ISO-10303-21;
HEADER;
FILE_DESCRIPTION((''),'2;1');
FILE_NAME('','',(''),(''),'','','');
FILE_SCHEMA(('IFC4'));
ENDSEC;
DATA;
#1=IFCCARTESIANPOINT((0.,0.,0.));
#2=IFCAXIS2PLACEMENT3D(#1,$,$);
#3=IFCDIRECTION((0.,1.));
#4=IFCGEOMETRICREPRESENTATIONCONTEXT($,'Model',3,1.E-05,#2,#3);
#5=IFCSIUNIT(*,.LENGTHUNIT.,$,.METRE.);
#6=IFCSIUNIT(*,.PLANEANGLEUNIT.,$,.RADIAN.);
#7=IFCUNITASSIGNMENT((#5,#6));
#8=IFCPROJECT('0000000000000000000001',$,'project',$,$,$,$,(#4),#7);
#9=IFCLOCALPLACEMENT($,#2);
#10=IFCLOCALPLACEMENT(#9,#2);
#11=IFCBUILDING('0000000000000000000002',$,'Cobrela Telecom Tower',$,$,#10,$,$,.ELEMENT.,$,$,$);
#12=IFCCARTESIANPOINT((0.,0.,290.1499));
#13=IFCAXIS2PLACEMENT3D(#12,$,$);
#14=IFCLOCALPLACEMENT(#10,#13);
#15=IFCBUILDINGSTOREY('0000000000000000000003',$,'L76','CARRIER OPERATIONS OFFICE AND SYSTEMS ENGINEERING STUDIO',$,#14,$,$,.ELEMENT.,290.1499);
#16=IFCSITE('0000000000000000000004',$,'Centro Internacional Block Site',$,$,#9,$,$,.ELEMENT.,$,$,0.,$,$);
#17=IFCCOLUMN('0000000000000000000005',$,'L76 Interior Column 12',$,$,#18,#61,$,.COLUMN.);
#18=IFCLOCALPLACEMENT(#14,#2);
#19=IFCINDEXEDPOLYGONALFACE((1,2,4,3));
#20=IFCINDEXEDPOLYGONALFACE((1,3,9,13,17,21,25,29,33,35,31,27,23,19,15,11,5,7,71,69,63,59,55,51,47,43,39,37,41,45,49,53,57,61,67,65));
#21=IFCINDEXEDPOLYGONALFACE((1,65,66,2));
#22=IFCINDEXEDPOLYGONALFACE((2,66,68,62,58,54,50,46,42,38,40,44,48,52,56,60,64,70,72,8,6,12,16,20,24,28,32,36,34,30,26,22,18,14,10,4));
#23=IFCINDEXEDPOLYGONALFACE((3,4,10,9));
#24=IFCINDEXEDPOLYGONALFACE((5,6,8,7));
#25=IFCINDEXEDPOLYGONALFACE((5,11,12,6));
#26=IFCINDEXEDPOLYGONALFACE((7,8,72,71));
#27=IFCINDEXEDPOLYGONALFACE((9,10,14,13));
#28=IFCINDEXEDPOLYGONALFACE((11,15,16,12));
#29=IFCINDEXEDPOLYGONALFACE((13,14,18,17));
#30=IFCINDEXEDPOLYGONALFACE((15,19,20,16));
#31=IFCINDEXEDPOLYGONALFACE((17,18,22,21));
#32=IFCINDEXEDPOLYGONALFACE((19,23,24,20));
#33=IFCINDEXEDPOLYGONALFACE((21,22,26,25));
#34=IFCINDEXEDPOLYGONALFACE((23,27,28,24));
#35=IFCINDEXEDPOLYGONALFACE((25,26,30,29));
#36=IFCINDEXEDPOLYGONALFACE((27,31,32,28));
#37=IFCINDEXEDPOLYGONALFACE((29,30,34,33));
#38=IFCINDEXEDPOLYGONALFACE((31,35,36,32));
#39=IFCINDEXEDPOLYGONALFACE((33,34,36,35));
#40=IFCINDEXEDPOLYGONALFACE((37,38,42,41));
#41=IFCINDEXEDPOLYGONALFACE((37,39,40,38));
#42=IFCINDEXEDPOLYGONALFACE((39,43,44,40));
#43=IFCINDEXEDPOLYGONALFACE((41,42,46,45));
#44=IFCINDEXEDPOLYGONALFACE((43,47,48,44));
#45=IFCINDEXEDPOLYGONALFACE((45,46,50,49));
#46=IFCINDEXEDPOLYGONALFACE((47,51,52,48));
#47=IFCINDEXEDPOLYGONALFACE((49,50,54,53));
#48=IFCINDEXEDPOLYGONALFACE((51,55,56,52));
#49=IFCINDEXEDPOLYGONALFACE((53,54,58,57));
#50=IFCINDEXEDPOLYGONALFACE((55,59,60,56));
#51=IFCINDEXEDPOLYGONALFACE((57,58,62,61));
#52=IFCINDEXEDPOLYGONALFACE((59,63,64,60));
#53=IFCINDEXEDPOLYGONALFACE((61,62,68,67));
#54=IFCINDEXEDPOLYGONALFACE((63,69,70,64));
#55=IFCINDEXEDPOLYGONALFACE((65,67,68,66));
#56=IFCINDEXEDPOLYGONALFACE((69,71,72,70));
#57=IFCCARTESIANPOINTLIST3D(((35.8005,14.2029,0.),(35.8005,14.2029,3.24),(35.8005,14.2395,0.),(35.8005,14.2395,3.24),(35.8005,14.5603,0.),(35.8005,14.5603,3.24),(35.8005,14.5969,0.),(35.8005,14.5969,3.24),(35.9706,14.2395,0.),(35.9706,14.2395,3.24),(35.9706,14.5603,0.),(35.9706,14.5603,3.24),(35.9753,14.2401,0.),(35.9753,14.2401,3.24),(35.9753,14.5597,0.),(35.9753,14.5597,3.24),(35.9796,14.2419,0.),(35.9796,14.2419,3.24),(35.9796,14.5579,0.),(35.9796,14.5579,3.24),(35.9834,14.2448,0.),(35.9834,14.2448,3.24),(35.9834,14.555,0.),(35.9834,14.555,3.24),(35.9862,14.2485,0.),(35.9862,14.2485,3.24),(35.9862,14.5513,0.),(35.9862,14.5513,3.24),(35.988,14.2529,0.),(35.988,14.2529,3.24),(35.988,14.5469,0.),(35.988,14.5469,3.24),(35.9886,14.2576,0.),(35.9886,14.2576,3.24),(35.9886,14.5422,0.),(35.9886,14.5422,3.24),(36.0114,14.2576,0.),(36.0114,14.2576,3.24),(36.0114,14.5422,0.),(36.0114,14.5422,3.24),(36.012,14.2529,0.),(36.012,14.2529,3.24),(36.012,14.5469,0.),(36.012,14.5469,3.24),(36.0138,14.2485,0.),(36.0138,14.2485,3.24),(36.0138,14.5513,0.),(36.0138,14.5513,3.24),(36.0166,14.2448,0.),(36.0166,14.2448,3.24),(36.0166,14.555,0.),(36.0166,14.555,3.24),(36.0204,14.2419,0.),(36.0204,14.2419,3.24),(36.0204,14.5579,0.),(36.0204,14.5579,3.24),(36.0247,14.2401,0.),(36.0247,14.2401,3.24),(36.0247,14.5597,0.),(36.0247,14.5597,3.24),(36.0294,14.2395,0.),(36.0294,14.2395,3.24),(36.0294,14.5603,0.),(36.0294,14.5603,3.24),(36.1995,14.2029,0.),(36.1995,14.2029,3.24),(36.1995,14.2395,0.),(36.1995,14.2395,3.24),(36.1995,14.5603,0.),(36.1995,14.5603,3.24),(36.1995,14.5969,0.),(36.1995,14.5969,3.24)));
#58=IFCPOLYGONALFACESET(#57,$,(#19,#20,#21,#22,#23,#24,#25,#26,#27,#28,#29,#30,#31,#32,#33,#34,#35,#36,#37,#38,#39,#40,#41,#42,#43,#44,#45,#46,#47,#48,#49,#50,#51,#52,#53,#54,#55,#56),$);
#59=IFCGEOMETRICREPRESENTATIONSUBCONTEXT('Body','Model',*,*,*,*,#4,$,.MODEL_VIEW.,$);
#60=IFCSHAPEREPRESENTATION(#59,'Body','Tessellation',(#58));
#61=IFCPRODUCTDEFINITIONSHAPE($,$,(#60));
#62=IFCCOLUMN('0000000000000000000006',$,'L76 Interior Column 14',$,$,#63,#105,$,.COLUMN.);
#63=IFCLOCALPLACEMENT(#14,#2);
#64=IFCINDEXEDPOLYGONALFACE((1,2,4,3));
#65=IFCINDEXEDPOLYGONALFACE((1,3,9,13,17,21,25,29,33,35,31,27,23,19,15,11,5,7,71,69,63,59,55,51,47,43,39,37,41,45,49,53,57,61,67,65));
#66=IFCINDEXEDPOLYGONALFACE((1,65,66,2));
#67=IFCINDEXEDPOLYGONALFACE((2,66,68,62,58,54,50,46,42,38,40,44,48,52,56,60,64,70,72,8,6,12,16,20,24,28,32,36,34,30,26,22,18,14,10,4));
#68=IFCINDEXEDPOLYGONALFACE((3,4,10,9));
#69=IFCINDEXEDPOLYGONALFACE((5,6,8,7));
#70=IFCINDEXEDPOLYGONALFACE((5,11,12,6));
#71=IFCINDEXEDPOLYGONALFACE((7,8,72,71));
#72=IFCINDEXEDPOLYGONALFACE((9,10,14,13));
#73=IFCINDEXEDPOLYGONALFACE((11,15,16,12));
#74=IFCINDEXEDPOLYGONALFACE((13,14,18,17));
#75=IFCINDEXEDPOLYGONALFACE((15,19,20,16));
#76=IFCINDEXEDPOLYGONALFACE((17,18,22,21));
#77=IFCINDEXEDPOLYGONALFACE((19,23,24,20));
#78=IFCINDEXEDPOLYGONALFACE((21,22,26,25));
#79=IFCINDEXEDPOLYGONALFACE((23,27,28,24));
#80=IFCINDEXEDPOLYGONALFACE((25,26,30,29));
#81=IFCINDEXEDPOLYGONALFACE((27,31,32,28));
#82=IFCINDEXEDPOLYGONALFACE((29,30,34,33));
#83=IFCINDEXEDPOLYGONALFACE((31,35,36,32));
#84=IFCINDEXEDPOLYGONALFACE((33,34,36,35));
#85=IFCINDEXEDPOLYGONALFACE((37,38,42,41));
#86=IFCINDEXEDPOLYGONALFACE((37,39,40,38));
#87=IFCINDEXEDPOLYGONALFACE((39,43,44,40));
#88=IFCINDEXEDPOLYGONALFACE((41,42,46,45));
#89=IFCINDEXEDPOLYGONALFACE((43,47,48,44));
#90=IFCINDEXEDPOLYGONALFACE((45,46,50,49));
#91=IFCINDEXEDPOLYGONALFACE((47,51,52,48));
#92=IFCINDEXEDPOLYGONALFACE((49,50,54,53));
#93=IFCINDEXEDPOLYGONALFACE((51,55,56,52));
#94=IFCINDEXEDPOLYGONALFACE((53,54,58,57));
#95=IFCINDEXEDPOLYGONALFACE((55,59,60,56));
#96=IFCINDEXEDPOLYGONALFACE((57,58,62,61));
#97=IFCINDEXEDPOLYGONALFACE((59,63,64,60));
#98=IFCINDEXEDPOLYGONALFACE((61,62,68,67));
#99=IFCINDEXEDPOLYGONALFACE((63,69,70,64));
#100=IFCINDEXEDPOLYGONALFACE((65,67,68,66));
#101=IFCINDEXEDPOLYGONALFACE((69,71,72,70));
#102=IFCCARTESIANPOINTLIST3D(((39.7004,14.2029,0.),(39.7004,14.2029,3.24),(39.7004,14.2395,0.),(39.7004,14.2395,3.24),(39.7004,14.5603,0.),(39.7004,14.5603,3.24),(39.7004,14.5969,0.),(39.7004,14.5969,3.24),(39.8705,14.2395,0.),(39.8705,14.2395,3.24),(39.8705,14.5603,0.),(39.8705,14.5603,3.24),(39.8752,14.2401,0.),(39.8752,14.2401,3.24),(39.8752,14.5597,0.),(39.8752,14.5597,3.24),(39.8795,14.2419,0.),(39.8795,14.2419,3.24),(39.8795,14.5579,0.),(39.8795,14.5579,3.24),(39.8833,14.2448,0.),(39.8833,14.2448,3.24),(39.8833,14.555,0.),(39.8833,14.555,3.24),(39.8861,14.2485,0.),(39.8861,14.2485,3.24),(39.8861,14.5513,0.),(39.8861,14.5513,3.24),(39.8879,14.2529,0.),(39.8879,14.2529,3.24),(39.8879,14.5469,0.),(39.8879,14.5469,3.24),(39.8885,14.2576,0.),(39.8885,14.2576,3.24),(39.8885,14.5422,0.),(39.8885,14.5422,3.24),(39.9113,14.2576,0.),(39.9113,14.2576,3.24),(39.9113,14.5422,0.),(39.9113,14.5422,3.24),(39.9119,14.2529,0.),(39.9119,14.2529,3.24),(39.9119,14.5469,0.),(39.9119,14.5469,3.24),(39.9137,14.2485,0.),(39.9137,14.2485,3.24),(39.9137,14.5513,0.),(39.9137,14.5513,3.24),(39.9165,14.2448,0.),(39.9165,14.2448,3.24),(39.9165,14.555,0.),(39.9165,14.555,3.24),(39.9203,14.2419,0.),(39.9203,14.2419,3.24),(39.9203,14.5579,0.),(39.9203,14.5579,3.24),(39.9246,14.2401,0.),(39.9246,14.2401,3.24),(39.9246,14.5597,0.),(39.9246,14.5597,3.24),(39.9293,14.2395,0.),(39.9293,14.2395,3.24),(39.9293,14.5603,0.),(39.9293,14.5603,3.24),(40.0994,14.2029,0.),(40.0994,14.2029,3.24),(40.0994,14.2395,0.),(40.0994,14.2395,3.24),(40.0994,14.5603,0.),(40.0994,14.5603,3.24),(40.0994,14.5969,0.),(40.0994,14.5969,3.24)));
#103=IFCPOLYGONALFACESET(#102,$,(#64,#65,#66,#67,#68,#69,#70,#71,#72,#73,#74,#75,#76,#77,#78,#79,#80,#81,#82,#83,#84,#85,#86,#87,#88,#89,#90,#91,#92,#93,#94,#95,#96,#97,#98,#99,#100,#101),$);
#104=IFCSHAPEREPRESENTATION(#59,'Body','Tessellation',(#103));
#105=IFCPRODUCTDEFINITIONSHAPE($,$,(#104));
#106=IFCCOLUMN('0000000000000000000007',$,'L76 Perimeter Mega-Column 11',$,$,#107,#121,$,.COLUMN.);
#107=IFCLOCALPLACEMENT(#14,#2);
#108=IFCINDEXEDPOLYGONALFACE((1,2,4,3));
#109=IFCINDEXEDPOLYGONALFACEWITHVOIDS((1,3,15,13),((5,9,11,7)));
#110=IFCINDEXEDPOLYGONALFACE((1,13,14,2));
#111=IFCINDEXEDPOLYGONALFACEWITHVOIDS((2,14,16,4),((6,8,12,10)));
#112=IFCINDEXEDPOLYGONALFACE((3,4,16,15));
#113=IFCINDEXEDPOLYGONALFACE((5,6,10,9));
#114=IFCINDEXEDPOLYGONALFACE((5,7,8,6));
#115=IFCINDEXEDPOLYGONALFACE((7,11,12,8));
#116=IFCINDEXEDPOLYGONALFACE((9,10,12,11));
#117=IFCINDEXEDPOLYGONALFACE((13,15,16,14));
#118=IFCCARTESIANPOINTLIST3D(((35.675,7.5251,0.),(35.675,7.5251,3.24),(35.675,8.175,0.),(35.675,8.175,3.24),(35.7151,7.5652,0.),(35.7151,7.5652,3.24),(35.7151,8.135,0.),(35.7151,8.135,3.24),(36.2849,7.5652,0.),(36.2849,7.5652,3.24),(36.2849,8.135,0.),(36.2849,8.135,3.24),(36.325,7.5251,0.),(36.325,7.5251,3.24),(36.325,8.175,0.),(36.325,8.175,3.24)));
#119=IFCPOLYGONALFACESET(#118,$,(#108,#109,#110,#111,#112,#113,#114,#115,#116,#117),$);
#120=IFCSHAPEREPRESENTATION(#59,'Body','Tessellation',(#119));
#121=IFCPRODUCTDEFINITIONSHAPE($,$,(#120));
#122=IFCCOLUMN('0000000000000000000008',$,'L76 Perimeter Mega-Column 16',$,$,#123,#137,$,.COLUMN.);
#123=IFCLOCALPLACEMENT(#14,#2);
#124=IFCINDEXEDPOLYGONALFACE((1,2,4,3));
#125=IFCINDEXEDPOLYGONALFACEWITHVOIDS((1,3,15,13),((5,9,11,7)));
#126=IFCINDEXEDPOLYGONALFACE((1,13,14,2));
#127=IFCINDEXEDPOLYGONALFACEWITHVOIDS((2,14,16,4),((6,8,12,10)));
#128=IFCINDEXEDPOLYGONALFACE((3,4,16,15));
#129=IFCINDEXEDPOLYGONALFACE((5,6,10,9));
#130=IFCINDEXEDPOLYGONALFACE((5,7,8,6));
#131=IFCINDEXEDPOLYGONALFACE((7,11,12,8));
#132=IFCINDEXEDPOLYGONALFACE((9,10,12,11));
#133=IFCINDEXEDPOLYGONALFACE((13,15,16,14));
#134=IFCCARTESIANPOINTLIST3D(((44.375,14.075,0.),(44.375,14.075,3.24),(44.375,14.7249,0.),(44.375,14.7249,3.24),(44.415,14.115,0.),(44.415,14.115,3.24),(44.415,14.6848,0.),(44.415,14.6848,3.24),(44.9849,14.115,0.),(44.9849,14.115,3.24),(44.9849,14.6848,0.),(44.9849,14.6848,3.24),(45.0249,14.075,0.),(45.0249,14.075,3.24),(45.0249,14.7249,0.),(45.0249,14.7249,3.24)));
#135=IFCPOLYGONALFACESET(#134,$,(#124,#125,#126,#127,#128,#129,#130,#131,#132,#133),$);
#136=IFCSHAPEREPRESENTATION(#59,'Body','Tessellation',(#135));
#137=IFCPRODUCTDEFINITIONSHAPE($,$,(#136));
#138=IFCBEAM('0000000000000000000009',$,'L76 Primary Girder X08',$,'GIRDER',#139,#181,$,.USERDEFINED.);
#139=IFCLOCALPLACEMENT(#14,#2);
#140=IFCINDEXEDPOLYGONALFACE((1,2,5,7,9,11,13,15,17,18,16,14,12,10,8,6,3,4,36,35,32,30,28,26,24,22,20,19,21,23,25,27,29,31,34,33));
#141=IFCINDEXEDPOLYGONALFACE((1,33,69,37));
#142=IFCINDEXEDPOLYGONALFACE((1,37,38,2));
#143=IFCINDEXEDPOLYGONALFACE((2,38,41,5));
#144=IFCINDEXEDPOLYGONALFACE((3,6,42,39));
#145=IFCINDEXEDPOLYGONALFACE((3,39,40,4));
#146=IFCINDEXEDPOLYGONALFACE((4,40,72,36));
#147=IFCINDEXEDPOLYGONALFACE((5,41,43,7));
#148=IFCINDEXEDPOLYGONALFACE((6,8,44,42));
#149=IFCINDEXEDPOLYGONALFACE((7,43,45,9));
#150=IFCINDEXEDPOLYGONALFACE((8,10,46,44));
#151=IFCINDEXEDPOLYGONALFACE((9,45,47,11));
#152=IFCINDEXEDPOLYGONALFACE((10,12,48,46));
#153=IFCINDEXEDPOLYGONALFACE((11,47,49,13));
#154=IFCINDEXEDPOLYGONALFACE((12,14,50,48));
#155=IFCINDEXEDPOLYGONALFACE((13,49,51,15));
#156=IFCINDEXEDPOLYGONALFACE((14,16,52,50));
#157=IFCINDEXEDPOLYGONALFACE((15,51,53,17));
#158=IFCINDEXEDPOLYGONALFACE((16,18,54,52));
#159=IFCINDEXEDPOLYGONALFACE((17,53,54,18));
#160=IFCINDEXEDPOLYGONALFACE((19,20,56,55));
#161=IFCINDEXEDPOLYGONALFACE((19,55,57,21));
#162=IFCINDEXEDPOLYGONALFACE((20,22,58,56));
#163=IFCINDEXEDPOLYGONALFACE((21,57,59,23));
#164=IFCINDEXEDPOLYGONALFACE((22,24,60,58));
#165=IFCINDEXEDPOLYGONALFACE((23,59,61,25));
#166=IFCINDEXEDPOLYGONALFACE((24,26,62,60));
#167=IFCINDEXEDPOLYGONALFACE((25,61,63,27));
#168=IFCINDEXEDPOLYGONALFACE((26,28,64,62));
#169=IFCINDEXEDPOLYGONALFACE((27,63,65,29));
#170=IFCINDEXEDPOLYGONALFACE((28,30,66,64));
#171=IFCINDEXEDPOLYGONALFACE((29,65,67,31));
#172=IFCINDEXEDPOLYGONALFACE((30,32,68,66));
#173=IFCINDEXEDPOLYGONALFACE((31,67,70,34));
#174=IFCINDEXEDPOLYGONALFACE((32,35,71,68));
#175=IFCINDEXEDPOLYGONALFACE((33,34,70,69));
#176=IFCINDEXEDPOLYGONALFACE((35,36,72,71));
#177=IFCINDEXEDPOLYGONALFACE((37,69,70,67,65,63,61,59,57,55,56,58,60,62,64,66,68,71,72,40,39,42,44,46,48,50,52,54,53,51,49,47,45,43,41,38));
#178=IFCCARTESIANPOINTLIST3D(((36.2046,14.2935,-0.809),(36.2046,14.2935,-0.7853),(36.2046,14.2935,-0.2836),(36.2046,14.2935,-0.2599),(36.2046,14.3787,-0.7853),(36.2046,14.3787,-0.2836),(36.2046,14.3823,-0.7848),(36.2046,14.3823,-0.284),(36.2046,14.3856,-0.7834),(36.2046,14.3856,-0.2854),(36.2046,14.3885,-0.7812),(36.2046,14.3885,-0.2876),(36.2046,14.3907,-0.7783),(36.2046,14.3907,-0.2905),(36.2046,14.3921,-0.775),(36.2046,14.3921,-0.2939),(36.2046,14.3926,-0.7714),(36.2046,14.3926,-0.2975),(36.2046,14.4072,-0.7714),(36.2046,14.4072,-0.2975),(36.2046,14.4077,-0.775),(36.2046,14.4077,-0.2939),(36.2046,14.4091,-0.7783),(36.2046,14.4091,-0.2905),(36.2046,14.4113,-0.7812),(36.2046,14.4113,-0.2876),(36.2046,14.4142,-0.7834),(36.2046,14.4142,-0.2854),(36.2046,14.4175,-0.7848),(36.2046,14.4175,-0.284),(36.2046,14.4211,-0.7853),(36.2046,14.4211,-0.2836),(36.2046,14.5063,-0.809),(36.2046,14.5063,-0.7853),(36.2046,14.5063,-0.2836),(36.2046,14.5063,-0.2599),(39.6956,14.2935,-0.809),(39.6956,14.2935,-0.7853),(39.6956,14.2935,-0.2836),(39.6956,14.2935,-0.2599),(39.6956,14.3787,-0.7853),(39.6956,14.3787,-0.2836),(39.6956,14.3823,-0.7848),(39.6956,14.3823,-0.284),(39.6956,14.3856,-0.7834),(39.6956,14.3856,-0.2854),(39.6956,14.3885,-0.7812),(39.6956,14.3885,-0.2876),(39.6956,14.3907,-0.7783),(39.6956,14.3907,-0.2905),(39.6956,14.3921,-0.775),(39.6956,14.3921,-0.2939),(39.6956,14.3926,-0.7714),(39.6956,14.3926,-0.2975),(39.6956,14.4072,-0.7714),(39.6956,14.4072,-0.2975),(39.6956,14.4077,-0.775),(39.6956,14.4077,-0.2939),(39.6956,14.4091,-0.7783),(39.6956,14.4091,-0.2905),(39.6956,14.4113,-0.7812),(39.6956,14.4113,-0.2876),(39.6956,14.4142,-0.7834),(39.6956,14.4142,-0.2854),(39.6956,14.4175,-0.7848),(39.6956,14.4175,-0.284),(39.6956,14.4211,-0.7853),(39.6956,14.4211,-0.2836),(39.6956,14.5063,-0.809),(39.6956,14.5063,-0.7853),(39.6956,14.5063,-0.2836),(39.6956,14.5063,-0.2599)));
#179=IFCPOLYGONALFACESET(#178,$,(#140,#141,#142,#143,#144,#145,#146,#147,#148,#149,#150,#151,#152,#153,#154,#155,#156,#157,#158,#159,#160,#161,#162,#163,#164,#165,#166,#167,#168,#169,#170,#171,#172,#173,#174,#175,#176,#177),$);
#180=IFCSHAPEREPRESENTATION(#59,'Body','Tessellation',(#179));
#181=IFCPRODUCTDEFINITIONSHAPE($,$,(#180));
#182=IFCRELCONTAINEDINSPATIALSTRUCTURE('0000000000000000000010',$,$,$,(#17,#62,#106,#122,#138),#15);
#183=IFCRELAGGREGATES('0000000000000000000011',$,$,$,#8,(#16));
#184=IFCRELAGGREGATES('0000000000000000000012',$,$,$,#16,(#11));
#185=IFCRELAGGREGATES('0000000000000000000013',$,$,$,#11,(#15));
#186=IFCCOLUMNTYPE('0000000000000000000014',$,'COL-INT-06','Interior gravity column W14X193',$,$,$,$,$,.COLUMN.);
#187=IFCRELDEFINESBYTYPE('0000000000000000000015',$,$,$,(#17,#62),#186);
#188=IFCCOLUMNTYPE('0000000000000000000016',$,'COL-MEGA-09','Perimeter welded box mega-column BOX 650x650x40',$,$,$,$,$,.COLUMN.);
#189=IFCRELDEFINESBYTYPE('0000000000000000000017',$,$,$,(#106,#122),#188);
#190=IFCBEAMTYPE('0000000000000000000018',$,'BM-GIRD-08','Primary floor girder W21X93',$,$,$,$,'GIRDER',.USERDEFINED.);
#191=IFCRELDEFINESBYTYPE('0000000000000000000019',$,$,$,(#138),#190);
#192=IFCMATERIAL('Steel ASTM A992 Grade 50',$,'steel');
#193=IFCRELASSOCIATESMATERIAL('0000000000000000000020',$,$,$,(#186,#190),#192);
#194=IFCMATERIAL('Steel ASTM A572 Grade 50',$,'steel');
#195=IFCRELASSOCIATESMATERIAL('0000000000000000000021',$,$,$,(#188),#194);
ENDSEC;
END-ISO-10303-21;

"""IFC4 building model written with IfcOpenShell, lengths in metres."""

from ifc_helpers import new_model, si_unit, direction, frame, origin, origin_2d, place, context, subcontext, project, spatial, hollow_rectangle, i_section, extrude, material, material_profile, profile_set, type_object, element, save


model = new_model("IFC4")

# Units and contexts
model_context = context("Model", 3, precision=1e-05, world=origin(), true_north=direction((0.0, 1.0)))
body_context = subcontext(model_context, "Body", "Model", "MODEL_VIEW")
ifc_project = project(units=[si_unit("LENGTHUNIT", "METRE"), si_unit("PLANEANGLEUNIT", "RADIAN")], contexts=[model_context])

# Site, building, storey
site_placement = place(None, origin())
site = spatial("IfcSite", under=ifc_project, at=site_placement, Name="Centro Internacional Block Site", CompositionType="ELEMENT", RefElevation=0.0)
building_placement = place(site_placement, origin())
building = spatial("IfcBuilding", under=site, at=building_placement, Name="Cobrela Telecom Tower", CompositionType="ELEMENT")
storey_placement = place(building_placement, frame((0.0, 0.0, 290.1499)))
storey = spatial("IfcBuildingStorey", under=building, at=storey_placement, Name="L76", Description="CARRIER OPERATIONS OFFICE AND SYSTEMS ENGINEERING STUDIO", CompositionType="ELEMENT", Elevation=290.1499)

# Columns
ifc_material_1 = material(Name="Steel ASTM A992 Grade 50", Category="steel")
ifc_material_profile_1 = material_profile(ifc_material_1, i_section(OverallWidth=0.3989, OverallDepth=0.394, WebThickness=0.0227, FlangeThickness=0.0366, FilletRadius=0.0181, at=origin_2d()), Name="W14X193")
ifc_profile_set_1 = profile_set([ifc_material_profile_1], Name="Steel ASTM A992 Grade 50")
column_type_1 = type_object("IfcColumnType", Name="COL-INT-06", Description="Interior gravity column W14X193", PredefinedType="COLUMN", material=ifc_profile_set_1)
for number, where, z_axis, x_axis, name in (
    (1, (36.0, 14.3999, 0.0), (0.0, 0.0, 1.0), (1.0, 0.0, 0.0), "L76 Interior Column 12"),
    (2, (39.8999, 14.3999, 0.0), (0.0, 0.0, 1.0), (1.0, 0.0, 0.0), "L76 Interior Column 14"),
):
    element("IfcColumn", number, at=place(storey_placement, frame(where, z_axis=z_axis, x_axis=x_axis)), inside=storey, type_object=column_type_1, Name=name, PredefinedType="COLUMN", context=body_context, shape_type="SweptSolid", body=[
        extrude(i_section(OverallWidth=0.3989, OverallDepth=0.394, WebThickness=0.0227, FlangeThickness=0.0366, FilletRadius=0.0181, at=origin_2d()), origin(), (0.0, 0.0, 1.0), 3.24),
    ])
ifc_material_2 = material(Name="Steel ASTM A572 Grade 50", Category="steel")
ifc_material_profile_2 = material_profile(ifc_material_2, hollow_rectangle(XDim=0.6499, YDim=0.6499, WallThickness=0.04, at=origin_2d()), Name="BOX 650x650x40")
ifc_profile_set_2 = profile_set([ifc_material_profile_2], Name="Steel ASTM A572 Grade 50")
column_type_2 = type_object("IfcColumnType", Name="COL-MEGA-09", Description="Perimeter welded box mega-column BOX 650x650x40", PredefinedType="COLUMN", material=ifc_profile_set_2)
for number, where, z_axis, x_axis, name in (
    (3, (36.0, 7.8501, 0.0), (0.0, 0.0, 1.0), (1.0, 0.0, 0.0), "L76 Perimeter Mega-Column 11"),
    (4, (44.7, 14.3999, 0.0), (0.0, 0.0, 1.0), (1.0, 0.0, 0.0), "L76 Perimeter Mega-Column 16"),
):
    element("IfcColumn", number, at=place(storey_placement, frame(where, z_axis=z_axis, x_axis=x_axis)), inside=storey, type_object=column_type_2, Name=name, PredefinedType="COLUMN", context=body_context, shape_type="SweptSolid", body=[
        extrude(hollow_rectangle(XDim=0.6499, YDim=0.6499, WallThickness=0.04, at=origin_2d()), origin(), (0.0, 0.0, 1.0), 3.24),
    ])

# Beam
ifc_material_profile_3 = material_profile(ifc_material_1, i_section(OverallWidth=0.2129, OverallDepth=0.5491, WebThickness=0.0146, FlangeThickness=0.0237, FilletRadius=0.0139, at=origin_2d()), Name="W21X93")
ifc_profile_set_3 = profile_set([ifc_material_profile_3], Name="Steel ASTM A992 Grade 50")
beam_type_1 = type_object("IfcBeamType", Name="BM-GIRD-08", Description="Primary floor girder W21X93", ElementType="GIRDER", PredefinedType="USERDEFINED", material=ifc_profile_set_3)
beam_1_placement = place(storey_placement, frame((36.2046, 14.3999, -0.5344), z_axis=(1.0, 0.0, 0.0), x_axis=(0.0, 1.0, 0.0)))
element("IfcBeam", 5, at=beam_1_placement, inside=storey, type_object=beam_type_1, Name="L76 Primary Girder X08", ObjectType="GIRDER", PredefinedType="USERDEFINED", context=body_context, shape_type="SweptSolid", body=[
    extrude(i_section(OverallWidth=0.2129, OverallDepth=0.5491, WebThickness=0.0146, FlangeThickness=0.0237, FilletRadius=0.0139, at=origin_2d()), origin(), (0.0, 0.0, 1.0), 3.491),
])

save(model, "model.ifc")
